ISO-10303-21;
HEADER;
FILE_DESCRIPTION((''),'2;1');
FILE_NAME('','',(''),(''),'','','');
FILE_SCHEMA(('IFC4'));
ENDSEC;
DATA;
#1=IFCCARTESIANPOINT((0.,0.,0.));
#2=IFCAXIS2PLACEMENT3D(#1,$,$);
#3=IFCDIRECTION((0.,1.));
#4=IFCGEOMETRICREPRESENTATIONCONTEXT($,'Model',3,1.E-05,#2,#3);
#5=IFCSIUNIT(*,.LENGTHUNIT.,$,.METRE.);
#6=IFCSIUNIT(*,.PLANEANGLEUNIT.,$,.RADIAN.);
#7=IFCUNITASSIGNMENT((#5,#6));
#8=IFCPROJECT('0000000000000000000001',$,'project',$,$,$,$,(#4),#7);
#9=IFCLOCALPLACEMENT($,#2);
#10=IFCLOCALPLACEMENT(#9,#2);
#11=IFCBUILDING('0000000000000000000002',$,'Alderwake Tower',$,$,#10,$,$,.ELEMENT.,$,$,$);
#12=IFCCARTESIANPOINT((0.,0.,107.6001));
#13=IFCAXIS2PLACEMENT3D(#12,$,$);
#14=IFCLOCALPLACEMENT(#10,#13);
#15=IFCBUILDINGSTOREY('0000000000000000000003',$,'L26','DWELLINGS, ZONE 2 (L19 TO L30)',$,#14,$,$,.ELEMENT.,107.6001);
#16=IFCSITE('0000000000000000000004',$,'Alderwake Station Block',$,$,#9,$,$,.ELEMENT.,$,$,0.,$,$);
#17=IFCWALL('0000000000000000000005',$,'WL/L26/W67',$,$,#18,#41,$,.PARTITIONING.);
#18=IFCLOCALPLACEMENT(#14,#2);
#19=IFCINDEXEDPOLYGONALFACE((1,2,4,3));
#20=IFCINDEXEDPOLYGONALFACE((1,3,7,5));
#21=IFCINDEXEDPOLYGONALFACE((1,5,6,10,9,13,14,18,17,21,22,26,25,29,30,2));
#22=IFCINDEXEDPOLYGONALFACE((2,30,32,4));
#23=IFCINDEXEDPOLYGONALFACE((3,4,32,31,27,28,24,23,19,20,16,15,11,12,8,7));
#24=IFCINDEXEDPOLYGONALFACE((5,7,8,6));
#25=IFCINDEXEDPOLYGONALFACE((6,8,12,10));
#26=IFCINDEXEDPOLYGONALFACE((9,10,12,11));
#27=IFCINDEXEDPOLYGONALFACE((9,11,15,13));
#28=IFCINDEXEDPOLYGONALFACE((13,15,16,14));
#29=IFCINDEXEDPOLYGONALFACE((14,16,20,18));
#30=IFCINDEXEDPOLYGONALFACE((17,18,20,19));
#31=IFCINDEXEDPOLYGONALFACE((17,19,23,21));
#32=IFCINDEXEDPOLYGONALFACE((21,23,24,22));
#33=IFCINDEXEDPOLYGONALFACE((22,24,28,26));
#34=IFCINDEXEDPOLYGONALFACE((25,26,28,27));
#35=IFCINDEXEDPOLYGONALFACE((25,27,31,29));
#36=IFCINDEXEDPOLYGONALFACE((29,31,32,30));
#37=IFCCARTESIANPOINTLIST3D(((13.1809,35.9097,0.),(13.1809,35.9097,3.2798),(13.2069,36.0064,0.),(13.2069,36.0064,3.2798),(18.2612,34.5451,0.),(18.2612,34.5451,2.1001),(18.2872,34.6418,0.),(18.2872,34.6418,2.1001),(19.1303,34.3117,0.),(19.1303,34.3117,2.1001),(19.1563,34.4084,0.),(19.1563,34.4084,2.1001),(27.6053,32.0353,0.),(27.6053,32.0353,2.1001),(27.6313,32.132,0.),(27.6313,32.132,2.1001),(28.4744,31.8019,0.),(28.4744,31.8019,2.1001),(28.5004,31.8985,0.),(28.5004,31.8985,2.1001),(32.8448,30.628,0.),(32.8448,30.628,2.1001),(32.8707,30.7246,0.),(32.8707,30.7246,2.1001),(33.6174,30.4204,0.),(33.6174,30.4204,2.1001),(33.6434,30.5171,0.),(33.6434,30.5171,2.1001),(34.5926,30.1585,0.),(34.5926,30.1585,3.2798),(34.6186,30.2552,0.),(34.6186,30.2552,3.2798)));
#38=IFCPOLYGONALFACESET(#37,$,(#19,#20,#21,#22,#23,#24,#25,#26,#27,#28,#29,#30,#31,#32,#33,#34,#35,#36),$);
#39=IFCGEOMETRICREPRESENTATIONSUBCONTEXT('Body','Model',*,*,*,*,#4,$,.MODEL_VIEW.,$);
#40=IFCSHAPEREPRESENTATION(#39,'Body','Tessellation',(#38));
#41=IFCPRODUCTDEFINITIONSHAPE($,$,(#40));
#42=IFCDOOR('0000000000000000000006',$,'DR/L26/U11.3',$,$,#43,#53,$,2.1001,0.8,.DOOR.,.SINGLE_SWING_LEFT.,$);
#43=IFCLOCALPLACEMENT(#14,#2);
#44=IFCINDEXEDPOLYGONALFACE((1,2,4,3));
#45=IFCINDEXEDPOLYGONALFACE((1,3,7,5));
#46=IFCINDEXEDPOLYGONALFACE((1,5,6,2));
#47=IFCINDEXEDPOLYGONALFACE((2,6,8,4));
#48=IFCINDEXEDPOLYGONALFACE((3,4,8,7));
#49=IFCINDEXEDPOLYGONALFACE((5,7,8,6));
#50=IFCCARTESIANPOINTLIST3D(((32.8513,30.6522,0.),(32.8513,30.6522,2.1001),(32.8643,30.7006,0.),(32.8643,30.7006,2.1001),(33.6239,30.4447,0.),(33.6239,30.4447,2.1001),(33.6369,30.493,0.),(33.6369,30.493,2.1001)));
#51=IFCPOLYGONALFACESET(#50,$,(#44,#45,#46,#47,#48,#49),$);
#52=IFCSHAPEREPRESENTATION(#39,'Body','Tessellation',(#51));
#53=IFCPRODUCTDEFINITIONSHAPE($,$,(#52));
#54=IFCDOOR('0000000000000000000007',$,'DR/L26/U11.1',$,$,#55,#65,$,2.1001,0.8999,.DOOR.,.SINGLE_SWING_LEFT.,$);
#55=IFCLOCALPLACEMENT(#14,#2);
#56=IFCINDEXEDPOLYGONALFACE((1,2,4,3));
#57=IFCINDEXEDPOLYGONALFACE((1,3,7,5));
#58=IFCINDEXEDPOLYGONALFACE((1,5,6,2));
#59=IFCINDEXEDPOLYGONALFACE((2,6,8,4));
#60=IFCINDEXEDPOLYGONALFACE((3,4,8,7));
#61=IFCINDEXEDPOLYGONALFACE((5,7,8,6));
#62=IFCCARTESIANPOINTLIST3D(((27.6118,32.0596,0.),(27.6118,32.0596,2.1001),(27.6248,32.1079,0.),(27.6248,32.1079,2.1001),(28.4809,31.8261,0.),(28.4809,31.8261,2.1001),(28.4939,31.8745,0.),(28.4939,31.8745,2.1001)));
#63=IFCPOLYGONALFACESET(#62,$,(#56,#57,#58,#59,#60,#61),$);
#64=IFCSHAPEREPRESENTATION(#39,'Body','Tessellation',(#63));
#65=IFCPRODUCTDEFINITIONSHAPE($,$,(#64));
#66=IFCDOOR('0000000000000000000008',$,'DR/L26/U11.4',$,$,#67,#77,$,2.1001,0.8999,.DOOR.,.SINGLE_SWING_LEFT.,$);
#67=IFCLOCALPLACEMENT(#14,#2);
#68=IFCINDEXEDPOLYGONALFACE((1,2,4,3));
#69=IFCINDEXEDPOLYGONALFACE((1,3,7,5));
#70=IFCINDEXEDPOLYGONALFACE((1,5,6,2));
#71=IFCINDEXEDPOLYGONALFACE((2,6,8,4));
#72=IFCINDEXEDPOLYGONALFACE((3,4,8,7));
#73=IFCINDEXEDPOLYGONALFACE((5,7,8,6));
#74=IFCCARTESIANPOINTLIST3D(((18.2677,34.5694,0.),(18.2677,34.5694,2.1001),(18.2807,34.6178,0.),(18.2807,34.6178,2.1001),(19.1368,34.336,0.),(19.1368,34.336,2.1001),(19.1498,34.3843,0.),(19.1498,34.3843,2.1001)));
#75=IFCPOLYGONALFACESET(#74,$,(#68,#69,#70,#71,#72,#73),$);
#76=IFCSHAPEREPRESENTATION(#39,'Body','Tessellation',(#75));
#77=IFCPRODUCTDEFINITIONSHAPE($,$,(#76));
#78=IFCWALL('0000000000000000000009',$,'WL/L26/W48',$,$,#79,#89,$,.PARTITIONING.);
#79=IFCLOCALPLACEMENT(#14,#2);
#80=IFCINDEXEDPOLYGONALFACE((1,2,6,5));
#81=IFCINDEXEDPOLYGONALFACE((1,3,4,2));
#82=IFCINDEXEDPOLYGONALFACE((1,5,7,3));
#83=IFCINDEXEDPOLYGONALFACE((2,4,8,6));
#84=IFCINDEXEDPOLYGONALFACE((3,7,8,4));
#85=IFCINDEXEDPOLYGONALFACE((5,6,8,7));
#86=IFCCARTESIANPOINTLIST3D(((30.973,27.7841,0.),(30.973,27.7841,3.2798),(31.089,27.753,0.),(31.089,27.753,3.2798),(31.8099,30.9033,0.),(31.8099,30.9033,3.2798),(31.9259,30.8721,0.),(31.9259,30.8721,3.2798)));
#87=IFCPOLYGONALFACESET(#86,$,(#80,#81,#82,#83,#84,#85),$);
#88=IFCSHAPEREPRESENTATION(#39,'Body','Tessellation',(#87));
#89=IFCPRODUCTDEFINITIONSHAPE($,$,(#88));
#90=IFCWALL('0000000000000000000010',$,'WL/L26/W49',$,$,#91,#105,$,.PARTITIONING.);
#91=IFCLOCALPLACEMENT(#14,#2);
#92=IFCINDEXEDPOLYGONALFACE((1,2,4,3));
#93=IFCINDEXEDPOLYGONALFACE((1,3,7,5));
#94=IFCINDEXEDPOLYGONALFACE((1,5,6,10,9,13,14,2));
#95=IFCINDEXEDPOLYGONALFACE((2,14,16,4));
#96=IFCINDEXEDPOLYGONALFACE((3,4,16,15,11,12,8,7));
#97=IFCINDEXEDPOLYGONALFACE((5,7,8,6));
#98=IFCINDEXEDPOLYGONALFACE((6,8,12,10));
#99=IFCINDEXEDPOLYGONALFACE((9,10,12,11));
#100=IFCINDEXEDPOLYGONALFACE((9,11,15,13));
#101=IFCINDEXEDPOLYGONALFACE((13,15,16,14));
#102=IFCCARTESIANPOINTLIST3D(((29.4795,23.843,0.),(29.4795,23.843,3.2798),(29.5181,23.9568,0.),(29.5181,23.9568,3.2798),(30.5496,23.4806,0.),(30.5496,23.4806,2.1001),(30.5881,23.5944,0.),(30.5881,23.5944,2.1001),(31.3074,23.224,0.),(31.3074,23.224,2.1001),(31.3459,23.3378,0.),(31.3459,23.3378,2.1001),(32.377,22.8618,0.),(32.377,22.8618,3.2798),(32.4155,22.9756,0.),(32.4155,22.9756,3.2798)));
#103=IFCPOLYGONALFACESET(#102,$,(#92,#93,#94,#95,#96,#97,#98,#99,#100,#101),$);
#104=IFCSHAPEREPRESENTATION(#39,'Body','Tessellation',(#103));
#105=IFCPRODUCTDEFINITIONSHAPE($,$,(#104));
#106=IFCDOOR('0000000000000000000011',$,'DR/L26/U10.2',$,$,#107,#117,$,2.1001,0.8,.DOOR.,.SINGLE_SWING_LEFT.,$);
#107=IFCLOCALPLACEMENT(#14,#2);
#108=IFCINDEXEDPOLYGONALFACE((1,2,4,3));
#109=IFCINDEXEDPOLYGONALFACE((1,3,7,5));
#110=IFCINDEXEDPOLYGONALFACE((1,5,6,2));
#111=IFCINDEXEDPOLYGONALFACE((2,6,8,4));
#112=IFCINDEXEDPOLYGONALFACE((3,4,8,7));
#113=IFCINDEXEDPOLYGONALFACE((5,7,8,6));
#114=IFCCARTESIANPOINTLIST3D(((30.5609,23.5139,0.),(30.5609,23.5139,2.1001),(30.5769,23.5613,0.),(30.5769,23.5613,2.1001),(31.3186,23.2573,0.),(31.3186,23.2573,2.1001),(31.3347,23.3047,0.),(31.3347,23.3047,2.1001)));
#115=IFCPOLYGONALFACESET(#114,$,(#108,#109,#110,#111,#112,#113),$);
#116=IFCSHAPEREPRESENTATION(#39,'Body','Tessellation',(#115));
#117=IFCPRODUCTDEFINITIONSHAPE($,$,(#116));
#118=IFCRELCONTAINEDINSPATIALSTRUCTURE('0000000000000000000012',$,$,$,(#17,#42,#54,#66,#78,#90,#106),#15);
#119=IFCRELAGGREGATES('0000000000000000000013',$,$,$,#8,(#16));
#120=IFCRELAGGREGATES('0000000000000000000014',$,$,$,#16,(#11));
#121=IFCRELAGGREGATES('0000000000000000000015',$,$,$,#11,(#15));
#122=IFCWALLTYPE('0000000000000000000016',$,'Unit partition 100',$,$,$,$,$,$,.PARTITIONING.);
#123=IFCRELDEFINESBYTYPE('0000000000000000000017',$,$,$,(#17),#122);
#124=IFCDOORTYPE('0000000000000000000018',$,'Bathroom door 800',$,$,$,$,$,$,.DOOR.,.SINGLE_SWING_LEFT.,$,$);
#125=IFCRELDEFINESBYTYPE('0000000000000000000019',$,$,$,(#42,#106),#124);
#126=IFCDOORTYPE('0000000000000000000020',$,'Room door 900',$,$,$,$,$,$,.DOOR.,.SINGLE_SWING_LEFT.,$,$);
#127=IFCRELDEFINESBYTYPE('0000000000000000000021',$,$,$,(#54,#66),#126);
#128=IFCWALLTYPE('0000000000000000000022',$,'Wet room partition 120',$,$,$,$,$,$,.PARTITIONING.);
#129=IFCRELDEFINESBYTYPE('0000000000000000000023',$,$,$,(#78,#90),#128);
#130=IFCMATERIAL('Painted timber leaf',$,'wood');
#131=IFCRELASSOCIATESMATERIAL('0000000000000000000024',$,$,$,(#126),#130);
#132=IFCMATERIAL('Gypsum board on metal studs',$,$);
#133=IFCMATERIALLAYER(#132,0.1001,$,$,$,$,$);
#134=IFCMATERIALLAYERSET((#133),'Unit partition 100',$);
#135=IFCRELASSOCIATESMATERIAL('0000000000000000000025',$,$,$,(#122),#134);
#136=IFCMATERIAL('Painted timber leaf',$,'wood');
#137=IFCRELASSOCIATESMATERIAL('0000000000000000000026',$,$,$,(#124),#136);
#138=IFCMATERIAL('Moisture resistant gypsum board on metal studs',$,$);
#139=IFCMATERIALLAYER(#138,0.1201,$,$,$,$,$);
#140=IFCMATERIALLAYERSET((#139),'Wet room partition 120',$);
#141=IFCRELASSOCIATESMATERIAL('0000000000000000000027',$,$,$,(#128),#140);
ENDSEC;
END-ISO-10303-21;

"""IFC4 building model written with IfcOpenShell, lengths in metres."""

from ifc_helpers import new_model, si_unit, direction, frame, frame_2d, origin, place, context, subcontext, project, spatial, rectangle, extrude, material, layer, layer_set, type_object, element, fill, save


model = new_model("IFC4")

# Units and contexts
model_context = context("Model", 3, precision=1e-05, world=origin(), true_north=direction((0.0, 1.0)))
body_context = subcontext(model_context, "Body", "Model", "MODEL_VIEW")
ifc_project = project(units=[si_unit("LENGTHUNIT", "METRE"), si_unit("PLANEANGLEUNIT", "RADIAN")], contexts=[model_context])

# Site, building, storey
site_placement = place(None, origin())
site = spatial("IfcSite", under=ifc_project, at=site_placement, Name="Alderwake Station Block", CompositionType="ELEMENT", RefElevation=0.0)
building_placement = place(site_placement, origin())
building = spatial("IfcBuilding", under=site, at=building_placement, Name="Alderwake Tower", CompositionType="ELEMENT")
storey_placement = place(building_placement, frame((0.0, 0.0, 107.6001)))
storey = spatial("IfcBuildingStorey", under=building, at=storey_placement, Name="L26", Description="DWELLINGS, ZONE 2 (L19 TO L30)", CompositionType="ELEMENT", Elevation=107.6001)

# Shared definitions
ifc_material_1 = material(Name="Painted timber leaf", Category="wood")
door_type_1 = type_object("IfcDoorType", Name="Room door 900", OperationType="SINGLE_SWING_LEFT", PredefinedType="DOOR", material=ifc_material_1)

# Wall, openings, doors
ifc_material_2 = material(Name="Gypsum board on metal studs")
ifc_layer_1 = layer(ifc_material_2, 0.1001)
ifc_layer_set_1 = layer_set([ifc_layer_1], Name="Unit partition 100")
wall_type_1 = type_object("IfcWallType", Name="Unit partition 100", PredefinedType="PARTITIONING", material=ifc_layer_set_1)
wall_1_placement = place(storey_placement, frame((34.6057, 30.2068, 0.0), z_axis=(0.0, 0.0, 1.0), x_axis=(-0.965768, 0.259408, 0.0)))
wall_1 = element("IfcWall", 1, at=wall_1_placement, inside=storey, type_object=wall_type_1, Name="WL/L26/W67", PredefinedType="PARTITIONING", context=body_context, shape_type="SweptSolid", body=[
    extrude(rectangle(XDim=22.1707, YDim=0.1001, at=frame_2d((11.0854, 0.0))), origin(), (0.0, 0.0, 1.0), 3.2798),
])
opening_1_placement = place(wall_1_placement, frame((6.3352, 0.0, 0.0)))
opening_1 = element("IfcOpeningElement", 2, at=opening_1_placement, cuts=wall_1, PredefinedType="OPENING", context=body_context, shape_type="SweptSolid", body=[
    extrude(rectangle(XDim=0.8999, YDim=2.1001, at=frame_2d((0.45, 1.05))), frame((0.0, 0.0601, 0.0), z_axis=(0.0, -1.0, 0.0), x_axis=(1.0, 0.0, 0.0)), (0.0, 0.0, 1.0), 0.1201),
])
opening_2_placement = place(wall_1_placement, frame((1.01, 0.0, 0.0)))
opening_2 = element("IfcOpeningElement", 3, at=opening_2_placement, cuts=wall_1, PredefinedType="OPENING", context=body_context, shape_type="SweptSolid", body=[
    extrude(rectangle(XDim=0.8, YDim=2.1001, at=frame_2d((0.3999, 1.05))), frame((0.0, 0.0601, 0.0), z_axis=(0.0, -1.0, 0.0), x_axis=(1.0, 0.0, 0.0)), (0.0, 0.0, 1.0), 0.1201),
])
opening_3_placement = place(wall_1_placement, frame((16.0105, 0.0, 0.0)))
opening_3 = element("IfcOpeningElement", 4, at=opening_3_placement, cuts=wall_1, PredefinedType="OPENING", context=body_context, shape_type="SweptSolid", body=[
    extrude(rectangle(XDim=0.8999, YDim=2.1001, at=frame_2d((0.45, 1.05))), frame((0.0, 0.0601, 0.0), z_axis=(0.0, -1.0, 0.0), x_axis=(1.0, 0.0, 0.0)), (0.0, 0.0, 1.0), 0.1201),
])
ifc_material_3 = material(Name="Painted timber leaf", Category="wood")
door_type_2 = type_object("IfcDoorType", Name="Bathroom door 800", OperationType="SINGLE_SWING_LEFT", PredefinedType="DOOR", material=ifc_material_3)
door_1_placement = place(opening_2_placement, origin())
door_1 = element("IfcDoor", 5, at=door_1_placement, inside=storey, type_object=door_type_2, Name="DR/L26/U11.3", OperationType="SINGLE_SWING_LEFT", OverallHeight=2.1001, OverallWidth=0.8, PredefinedType="DOOR", context=body_context, shape_type="SweptSolid", body=[
    extrude(rectangle(XDim=0.8, YDim=2.1001, at=frame_2d((0.3999, 1.05))), frame((0.0, 0.0249, 0.0), z_axis=(0.0, -1.0, 0.0), x_axis=(1.0, 0.0, 0.0)), (0.0, 0.0, 1.0), 0.05),
])
fill(opening_2, door_1)
door_2_placement = place(opening_1_placement, origin())
door_2 = element("IfcDoor", 6, at=door_2_placement, inside=storey, type_object=door_type_1, Name="DR/L26/U11.1", OperationType="SINGLE_SWING_LEFT", OverallHeight=2.1001, OverallWidth=0.8999, PredefinedType="DOOR", context=body_context, shape_type="SweptSolid", body=[
    extrude(rectangle(XDim=0.8999, YDim=2.1001, at=frame_2d((0.45, 1.05))), frame((0.0, 0.0249, 0.0), z_axis=(0.0, -1.0, 0.0), x_axis=(1.0, 0.0, 0.0)), (0.0, 0.0, 1.0), 0.05),
])
fill(opening_1, door_2)
door_3_placement = place(opening_3_placement, origin())
door_3 = element("IfcDoor", 7, at=door_3_placement, inside=storey, type_object=door_type_1, Name="DR/L26/U11.4", OperationType="SINGLE_SWING_LEFT", OverallHeight=2.1001, OverallWidth=0.8999, PredefinedType="DOOR", context=body_context, shape_type="SweptSolid", body=[
    extrude(rectangle(XDim=0.8999, YDim=2.1001, at=frame_2d((0.45, 1.05))), frame((0.0, 0.0249, 0.0), z_axis=(0.0, -1.0, 0.0), x_axis=(1.0, 0.0, 0.0)), (0.0, 0.0, 1.0), 0.05),
])
fill(opening_3, door_3)

# Wall
ifc_material_4 = material(Name="Moisture resistant gypsum board on metal studs")
ifc_layer_2 = layer(ifc_material_4, 0.1201)
ifc_layer_set_2 = layer_set([ifc_layer_2], Name="Wet room partition 120")
wall_type_2 = type_object("IfcWallType", Name="Wet room partition 120", PredefinedType="PARTITIONING", material=ifc_layer_set_2)
wall_2_placement = place(storey_placement, frame((31.8679, 30.8877, 0.0), z_axis=(0.0, 0.0, 1.0), x_axis=(-0.259149, -0.965837, 0.0)))
element("IfcWall", 8, at=wall_2_placement, inside=storey, type_object=wall_type_2, Name="WL/L26/W48", PredefinedType="PARTITIONING", context=body_context, shape_type="SweptSolid", body=[
    extrude(rectangle(XDim=3.2295, YDim=0.1201, at=frame_2d((1.6147, 0.0))), origin(), (0.0, 0.0, 1.0), 3.2798),
])

# Wall, opening, door
wall_3_placement = place(storey_placement, frame((32.3962, 22.9187, 0.0), z_axis=(0.0, 0.0, 1.0), x_axis=(-0.947164, 0.320749, 0.0)))
wall_3 = element("IfcWall", 9, at=wall_3_placement, inside=storey, type_object=wall_type_2, Name="WL/L26/W49", PredefinedType="PARTITIONING", context=body_context, shape_type="SweptSolid", body=[
    extrude(rectangle(XDim=3.0591, YDim=0.1201, at=frame_2d((1.5295, 0.0))), origin(), (0.0, 0.0, 1.0), 3.2798),
])
opening_4_placement = place(wall_3_placement, frame((1.1294, 0.0, 0.0)))
opening_4 = element("IfcOpeningElement", 10, at=opening_4_placement, cuts=wall_3, PredefinedType="OPENING", context=body_context, shape_type="SweptSolid", body=[
    extrude(rectangle(XDim=0.8, YDim=2.1001, at=frame_2d((0.3999, 1.05))), frame((0.0, 0.0701, 0.0), z_axis=(0.0, -1.0, 0.0), x_axis=(1.0, 0.0, 0.0)), (0.0, 0.0, 1.0), 0.1401),
])
door_4_placement = place(opening_4_placement, origin())
door_4 = element("IfcDoor", 11, at=door_4_placement, inside=storey, type_object=door_type_2, Name="DR/L26/U10.2", OperationType="SINGLE_SWING_LEFT", OverallHeight=2.1001, OverallWidth=0.8, PredefinedType="DOOR", context=body_context, shape_type="SweptSolid", body=[
    extrude(rectangle(XDim=0.8, YDim=2.1001, at=frame_2d((0.3999, 1.05))), frame((0.0, 0.0249, 0.0), z_axis=(0.0, -1.0, 0.0), x_axis=(1.0, 0.0, 0.0)), (0.0, 0.0, 1.0), 0.05),
])
fill(opening_4, door_4)

save(model, "model.ifc")
